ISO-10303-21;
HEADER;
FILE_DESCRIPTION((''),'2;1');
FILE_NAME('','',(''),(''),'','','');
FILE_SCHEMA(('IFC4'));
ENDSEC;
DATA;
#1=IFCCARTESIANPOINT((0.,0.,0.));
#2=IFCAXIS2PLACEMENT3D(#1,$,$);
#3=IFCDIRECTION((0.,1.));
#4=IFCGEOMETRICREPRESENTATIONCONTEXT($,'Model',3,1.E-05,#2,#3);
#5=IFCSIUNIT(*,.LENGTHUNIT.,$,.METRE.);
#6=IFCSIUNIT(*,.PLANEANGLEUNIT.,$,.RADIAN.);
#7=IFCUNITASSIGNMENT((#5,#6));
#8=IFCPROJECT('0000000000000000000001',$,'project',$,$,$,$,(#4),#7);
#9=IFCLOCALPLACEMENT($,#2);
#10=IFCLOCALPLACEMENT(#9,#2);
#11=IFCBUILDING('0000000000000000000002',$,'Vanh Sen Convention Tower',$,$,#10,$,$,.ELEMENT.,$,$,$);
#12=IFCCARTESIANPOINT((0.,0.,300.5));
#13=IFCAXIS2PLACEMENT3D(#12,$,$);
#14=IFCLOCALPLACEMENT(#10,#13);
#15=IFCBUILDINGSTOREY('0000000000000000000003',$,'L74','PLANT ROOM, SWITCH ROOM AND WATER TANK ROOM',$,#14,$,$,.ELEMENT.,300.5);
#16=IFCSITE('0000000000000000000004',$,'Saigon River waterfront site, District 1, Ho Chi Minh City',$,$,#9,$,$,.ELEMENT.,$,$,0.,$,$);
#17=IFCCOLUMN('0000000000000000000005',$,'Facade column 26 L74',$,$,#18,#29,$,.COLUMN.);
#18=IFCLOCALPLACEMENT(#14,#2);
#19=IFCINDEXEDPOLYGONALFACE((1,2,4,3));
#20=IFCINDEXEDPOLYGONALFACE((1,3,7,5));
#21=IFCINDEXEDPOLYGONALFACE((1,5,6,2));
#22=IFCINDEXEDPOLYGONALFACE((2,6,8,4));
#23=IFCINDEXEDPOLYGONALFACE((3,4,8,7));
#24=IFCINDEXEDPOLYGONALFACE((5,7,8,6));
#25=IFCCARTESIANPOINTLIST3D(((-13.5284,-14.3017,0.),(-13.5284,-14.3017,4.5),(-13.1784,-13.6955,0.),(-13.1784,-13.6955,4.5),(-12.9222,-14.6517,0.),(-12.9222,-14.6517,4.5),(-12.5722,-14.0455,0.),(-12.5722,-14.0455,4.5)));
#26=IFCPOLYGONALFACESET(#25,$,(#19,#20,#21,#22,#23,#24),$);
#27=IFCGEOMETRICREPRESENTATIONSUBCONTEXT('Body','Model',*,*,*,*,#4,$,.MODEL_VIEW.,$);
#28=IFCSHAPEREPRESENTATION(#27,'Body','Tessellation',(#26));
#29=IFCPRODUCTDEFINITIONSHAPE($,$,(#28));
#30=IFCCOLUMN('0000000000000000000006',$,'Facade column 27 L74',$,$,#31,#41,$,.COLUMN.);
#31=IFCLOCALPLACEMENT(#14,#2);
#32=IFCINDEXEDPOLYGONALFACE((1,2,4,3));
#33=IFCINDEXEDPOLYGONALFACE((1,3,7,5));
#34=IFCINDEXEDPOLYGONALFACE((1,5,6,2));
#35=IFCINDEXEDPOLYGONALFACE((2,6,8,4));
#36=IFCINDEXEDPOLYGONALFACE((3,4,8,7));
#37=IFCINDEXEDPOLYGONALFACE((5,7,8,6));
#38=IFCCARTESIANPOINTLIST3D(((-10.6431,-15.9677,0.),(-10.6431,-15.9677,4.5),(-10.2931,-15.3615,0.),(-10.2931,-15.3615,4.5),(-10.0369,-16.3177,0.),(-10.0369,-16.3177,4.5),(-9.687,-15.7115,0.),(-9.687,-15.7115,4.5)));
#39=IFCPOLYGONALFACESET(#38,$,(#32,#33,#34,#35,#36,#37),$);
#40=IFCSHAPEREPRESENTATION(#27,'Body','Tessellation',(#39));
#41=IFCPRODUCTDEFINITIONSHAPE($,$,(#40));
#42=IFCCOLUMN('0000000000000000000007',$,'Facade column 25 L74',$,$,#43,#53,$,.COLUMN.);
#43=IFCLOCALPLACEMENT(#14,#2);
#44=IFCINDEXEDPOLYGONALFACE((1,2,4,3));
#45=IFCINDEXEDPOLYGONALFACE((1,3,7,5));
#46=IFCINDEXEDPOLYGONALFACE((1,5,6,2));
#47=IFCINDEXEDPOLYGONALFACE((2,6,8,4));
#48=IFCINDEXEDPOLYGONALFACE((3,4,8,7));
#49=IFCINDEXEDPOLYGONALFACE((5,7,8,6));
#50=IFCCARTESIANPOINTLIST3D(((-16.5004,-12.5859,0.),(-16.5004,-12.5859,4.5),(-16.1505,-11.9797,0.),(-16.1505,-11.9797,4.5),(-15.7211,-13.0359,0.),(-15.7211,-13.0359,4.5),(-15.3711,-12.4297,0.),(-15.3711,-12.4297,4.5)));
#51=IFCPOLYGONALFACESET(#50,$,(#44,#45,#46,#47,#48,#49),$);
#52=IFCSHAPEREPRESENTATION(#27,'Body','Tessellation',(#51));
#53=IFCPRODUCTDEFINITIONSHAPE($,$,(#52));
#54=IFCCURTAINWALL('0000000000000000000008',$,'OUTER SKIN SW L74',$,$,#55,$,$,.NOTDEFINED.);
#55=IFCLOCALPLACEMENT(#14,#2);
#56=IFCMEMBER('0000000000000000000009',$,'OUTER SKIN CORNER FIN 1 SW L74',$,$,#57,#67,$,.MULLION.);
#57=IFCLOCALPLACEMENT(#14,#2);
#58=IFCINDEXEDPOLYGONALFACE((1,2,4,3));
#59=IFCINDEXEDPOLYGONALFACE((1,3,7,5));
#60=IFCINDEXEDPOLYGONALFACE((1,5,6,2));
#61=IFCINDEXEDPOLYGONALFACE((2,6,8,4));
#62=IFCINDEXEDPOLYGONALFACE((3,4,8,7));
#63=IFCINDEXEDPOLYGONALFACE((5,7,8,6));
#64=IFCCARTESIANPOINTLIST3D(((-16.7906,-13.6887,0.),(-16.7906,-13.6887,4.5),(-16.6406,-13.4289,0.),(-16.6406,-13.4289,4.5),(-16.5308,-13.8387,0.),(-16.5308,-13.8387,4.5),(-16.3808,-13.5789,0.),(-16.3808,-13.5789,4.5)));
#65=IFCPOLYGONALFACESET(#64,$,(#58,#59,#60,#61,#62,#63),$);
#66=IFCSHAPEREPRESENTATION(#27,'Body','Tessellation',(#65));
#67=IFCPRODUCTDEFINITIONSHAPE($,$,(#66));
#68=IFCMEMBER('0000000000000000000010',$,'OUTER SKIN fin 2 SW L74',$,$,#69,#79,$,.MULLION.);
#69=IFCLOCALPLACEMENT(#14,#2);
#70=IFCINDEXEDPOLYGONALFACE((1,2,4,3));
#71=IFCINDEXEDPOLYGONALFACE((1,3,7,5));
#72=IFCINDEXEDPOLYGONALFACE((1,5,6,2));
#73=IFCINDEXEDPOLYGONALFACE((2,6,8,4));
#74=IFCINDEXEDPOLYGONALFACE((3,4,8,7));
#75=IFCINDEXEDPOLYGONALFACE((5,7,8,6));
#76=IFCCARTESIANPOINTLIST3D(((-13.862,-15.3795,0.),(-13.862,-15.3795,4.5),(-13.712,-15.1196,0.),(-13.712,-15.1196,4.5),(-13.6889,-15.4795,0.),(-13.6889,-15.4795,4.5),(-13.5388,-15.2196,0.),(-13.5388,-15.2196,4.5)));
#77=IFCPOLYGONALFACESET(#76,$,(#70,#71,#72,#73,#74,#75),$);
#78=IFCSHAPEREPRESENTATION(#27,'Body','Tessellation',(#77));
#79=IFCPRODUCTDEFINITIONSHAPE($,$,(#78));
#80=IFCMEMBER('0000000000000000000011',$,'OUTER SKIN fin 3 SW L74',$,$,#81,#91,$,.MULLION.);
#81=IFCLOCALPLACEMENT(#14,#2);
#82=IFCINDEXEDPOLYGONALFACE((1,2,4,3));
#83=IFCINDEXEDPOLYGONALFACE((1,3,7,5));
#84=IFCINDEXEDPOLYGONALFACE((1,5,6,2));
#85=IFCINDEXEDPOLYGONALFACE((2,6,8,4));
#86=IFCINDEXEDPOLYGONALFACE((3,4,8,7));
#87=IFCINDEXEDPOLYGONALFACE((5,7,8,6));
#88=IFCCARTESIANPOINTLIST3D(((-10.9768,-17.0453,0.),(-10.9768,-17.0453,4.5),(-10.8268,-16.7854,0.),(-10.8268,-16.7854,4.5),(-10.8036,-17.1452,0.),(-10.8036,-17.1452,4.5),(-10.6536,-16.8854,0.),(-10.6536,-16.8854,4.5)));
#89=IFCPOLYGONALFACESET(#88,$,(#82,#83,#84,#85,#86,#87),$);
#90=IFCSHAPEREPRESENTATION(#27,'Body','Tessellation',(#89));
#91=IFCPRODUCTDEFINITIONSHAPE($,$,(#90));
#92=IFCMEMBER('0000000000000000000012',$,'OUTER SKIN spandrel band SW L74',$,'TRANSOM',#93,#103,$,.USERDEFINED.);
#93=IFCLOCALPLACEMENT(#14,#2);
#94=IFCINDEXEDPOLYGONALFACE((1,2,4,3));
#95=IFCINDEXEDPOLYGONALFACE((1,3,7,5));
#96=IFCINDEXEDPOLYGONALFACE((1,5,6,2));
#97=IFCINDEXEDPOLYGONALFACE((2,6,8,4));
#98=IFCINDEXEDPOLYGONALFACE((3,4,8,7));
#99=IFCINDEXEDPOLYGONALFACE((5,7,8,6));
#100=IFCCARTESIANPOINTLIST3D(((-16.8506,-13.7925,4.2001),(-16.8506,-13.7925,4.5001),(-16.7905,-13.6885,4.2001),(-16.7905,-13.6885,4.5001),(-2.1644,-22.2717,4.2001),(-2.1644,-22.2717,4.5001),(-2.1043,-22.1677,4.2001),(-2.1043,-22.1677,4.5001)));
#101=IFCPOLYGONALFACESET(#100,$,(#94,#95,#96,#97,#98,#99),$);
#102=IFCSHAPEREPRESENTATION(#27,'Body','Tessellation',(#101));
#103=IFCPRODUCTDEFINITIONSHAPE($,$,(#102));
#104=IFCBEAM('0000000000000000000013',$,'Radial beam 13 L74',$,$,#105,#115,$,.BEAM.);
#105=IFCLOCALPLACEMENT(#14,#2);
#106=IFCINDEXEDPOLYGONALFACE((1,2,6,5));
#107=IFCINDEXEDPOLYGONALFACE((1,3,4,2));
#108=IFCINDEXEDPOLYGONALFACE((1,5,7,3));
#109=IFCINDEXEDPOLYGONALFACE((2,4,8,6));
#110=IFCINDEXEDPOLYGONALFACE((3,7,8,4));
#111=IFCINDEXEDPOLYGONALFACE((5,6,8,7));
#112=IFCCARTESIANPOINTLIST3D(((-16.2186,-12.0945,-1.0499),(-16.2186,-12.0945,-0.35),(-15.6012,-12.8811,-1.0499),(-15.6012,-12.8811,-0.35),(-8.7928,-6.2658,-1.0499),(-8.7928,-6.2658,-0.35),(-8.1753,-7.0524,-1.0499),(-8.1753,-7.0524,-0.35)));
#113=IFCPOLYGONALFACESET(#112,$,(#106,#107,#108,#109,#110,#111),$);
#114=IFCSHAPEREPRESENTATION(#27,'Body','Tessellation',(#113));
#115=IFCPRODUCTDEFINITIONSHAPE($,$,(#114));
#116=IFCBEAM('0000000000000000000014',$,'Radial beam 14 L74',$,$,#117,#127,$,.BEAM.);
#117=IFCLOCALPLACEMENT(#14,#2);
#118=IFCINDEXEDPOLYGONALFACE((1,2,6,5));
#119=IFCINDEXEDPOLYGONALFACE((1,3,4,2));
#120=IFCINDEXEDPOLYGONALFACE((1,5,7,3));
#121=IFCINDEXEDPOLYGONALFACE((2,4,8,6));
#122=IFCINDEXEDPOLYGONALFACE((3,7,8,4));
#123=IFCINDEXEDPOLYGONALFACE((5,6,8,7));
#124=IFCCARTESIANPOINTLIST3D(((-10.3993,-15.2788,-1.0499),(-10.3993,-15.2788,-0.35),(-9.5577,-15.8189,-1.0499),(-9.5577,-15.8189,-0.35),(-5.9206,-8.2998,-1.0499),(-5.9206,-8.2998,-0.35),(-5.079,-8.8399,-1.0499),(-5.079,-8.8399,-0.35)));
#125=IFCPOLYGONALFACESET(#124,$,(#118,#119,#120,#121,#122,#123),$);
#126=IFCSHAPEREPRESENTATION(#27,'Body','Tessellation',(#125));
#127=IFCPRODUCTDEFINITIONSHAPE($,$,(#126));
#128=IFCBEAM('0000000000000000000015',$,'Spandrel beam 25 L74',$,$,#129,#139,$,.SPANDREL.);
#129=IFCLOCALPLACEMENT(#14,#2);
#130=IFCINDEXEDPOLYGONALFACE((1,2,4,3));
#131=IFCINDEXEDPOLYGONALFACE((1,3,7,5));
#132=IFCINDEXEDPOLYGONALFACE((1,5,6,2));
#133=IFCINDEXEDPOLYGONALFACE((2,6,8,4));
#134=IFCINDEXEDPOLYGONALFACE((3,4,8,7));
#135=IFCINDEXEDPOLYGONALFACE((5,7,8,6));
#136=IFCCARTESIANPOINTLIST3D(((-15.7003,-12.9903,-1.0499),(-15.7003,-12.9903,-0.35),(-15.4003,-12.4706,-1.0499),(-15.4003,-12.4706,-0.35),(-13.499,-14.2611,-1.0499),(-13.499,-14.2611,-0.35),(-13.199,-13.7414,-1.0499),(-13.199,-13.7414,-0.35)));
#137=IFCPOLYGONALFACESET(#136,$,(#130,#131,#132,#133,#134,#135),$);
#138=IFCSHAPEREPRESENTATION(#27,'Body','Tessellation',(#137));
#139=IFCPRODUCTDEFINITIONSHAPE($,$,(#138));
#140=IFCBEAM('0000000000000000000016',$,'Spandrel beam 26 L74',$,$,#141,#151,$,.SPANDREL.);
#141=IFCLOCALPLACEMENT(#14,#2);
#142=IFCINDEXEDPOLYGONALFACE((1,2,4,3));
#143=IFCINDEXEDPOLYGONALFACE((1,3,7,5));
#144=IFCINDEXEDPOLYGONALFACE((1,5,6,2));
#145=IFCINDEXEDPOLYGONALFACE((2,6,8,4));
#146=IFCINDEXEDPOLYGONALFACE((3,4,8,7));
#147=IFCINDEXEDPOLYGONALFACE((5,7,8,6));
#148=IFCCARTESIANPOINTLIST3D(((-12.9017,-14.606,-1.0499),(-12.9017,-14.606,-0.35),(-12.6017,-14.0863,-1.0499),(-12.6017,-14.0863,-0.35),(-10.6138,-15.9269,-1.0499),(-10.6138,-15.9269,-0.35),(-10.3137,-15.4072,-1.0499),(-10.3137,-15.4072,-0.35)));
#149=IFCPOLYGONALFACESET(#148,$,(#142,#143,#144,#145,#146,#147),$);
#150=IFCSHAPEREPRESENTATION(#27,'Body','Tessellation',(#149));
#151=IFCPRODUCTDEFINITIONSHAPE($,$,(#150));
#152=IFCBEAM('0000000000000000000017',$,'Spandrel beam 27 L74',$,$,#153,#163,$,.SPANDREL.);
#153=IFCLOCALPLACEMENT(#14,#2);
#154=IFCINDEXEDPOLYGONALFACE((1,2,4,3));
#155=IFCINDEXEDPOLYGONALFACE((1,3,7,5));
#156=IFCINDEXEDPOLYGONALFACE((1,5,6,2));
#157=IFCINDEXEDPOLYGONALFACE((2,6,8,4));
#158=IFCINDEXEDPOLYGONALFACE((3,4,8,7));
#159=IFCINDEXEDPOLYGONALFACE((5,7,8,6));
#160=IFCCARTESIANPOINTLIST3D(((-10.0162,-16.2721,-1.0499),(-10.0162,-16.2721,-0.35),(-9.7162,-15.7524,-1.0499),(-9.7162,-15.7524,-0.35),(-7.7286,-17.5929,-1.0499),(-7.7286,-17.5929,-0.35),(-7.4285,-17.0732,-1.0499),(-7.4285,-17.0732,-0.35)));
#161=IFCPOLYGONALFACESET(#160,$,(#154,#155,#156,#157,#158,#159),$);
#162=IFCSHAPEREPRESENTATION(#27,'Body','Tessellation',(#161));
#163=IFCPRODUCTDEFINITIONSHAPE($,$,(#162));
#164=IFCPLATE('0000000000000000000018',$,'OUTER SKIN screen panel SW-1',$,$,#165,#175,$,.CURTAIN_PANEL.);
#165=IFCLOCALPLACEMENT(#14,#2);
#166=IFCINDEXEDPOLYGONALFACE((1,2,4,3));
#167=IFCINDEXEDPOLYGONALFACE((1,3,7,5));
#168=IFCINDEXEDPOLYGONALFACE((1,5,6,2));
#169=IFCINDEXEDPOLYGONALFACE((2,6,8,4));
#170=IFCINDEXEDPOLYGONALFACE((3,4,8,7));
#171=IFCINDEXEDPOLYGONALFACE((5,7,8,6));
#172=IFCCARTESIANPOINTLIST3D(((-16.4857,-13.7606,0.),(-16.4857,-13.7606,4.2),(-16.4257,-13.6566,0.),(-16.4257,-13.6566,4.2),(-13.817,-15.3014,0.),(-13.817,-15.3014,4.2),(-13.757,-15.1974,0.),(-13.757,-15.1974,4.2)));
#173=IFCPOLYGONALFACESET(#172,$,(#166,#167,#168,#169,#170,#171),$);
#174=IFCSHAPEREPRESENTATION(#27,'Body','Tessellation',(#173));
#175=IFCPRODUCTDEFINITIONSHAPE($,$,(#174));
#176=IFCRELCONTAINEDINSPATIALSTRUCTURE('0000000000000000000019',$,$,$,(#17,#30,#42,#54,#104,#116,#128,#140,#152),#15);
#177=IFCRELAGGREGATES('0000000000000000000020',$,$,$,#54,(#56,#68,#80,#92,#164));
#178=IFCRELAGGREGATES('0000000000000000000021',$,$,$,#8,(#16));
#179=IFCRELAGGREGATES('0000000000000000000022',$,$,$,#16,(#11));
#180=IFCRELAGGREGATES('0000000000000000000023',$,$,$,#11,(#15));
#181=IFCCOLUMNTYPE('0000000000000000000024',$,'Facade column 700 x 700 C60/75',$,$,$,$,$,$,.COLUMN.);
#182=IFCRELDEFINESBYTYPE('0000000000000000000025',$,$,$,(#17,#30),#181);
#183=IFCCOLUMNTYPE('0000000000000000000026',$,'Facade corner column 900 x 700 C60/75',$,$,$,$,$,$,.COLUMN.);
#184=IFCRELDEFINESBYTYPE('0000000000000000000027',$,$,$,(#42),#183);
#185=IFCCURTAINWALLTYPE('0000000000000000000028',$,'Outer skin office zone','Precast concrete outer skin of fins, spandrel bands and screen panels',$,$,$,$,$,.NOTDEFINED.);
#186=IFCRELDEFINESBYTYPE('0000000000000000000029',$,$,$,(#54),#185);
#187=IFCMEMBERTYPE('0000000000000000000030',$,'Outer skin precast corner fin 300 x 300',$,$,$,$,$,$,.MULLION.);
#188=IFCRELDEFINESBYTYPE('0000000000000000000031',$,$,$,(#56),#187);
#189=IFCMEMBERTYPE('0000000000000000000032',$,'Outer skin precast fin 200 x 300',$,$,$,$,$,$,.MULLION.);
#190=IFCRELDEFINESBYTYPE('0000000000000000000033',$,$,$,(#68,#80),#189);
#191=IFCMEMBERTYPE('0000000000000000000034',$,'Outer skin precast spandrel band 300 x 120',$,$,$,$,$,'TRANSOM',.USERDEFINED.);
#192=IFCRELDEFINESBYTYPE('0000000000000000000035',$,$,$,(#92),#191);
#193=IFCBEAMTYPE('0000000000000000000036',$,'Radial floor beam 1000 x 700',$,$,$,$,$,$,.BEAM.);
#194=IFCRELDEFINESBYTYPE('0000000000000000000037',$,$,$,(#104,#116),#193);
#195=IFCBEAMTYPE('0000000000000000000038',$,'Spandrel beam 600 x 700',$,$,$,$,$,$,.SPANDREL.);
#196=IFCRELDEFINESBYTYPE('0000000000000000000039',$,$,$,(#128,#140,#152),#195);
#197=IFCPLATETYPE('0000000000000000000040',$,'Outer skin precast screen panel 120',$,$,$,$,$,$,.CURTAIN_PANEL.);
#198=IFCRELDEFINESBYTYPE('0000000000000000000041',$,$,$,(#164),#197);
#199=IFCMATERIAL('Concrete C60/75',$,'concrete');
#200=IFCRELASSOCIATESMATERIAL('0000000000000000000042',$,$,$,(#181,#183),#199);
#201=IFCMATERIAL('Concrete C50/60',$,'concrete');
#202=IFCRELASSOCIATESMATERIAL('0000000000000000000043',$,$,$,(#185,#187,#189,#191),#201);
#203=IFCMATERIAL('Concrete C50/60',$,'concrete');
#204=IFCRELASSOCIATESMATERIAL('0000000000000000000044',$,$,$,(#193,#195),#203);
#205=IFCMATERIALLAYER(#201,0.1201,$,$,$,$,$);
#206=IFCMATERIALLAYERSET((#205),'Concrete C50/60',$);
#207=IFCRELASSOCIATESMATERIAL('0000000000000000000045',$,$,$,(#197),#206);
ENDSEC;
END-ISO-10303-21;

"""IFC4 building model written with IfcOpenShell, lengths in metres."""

from ifc_helpers import new_model, si_unit, direction, frame, origin, origin_2d, place, context, subcontext, project, spatial, rectangle, extrude, material, layer, layer_set, material_profile, profile_set, type_object, element, aggregate, save


model = new_model("IFC4")

# Units and contexts
model_context = context("Model", 3, precision=1e-05, world=origin(), true_north=direction((0.0, 1.0)))
body_context = subcontext(model_context, "Body", "Model", "MODEL_VIEW")
ifc_project = project(units=[si_unit("LENGTHUNIT", "METRE"), si_unit("PLANEANGLEUNIT", "RADIAN")], contexts=[model_context])

# Site, building, storey
site_placement = place(None, origin())
site = spatial("IfcSite", under=ifc_project, at=site_placement, Name="Saigon River waterfront site, District 1, Ho Chi Minh City", CompositionType="ELEMENT", RefElevation=0.0)
building_placement = place(site_placement, origin())
building = spatial("IfcBuilding", under=site, at=building_placement, Name="Vanh Sen Convention Tower", CompositionType="ELEMENT")
storey_placement = place(building_placement, frame((0.0, 0.0, 300.5)))
storey = spatial("IfcBuildingStorey", under=building, at=storey_placement, Name="L74", Description="PLANT ROOM, SWITCH ROOM AND WATER TANK ROOM", CompositionType="ELEMENT", Elevation=300.5)

# Columns
ifc_material_1 = material(Name="Concrete C60/75", Category="concrete")
ifc_material_profile_1 = material_profile(ifc_material_1, rectangle(XDim=0.7, YDim=0.7, at=origin_2d()), Name="RC 700X700")
ifc_profile_set_1 = profile_set([ifc_material_profile_1], Name="Concrete C60/75")
column_type_1 = type_object("IfcColumnType", Name="Facade column 700 x 700 C60/75", PredefinedType="COLUMN", material=ifc_profile_set_1)
for number, where, z_axis, x_axis, name in (
    (1, (-13.0503, -14.1736, 0.0), (0.0, 0.0, 1.0), (0.866025, -0.5, 0.0), "Facade column 26 L74"),
    (2, (-10.165, -15.8396, 0.0), (0.0, 0.0, 1.0), (0.866025, -0.5, 0.0), "Facade column 27 L74"),
):
    element("IfcColumn", number, at=place(storey_placement, frame(where, z_axis=z_axis, x_axis=x_axis)), inside=storey, type_object=column_type_1, Name=name, PredefinedType="COLUMN", context=body_context, shape_type="SweptSolid", body=[
        extrude(rectangle(XDim=0.7, YDim=0.7, at=origin_2d()), origin(), (0.0, 0.0, 1.0), 4.5),
    ])
ifc_material_profile_2 = material_profile(ifc_material_1, rectangle(XDim=0.8999, YDim=0.7, at=origin_2d()), Name="RC 900X700")
ifc_profile_set_2 = profile_set([ifc_material_profile_2], Name="Concrete C60/75")
column_type_2 = type_object("IfcColumnType", Name="Facade corner column 900 x 700 C60/75", PredefinedType="COLUMN", material=ifc_profile_set_2)
column_placement = place(storey_placement, frame((-15.9358, -12.5078, 0.0), z_axis=(0.0, 0.0, 1.0), x_axis=(0.866025, -0.5, 0.0)))
element("IfcColumn", 3, at=column_placement, inside=storey, type_object=column_type_2, Name="Facade column 25 L74", PredefinedType="COLUMN", context=body_context, shape_type="SweptSolid", body=[
    extrude(rectangle(XDim=0.8999, YDim=0.7, at=origin_2d()), origin(), (0.0, 0.0, 1.0), 4.5),
])

# Curtain wall, members
ifc_material_2 = material(Name="Concrete C50/60", Category="concrete")
curtain_wall_type = type_object("IfcCurtainWallType", Name="Outer skin office zone", Description="Precast concrete outer skin of fins, spandrel bands and screen panels", PredefinedType="NOTDEFINED", material=ifc_material_2)
curtain_wall_placement = place(storey_placement, origin())
curtain_wall = element("IfcCurtainWall", 4, at=curtain_wall_placement, inside=storey, type_object=curtain_wall_type, Name="OUTER SKIN SW L74", PredefinedType="NOTDEFINED")
ifc_material_profile_3 = material_profile(ifc_material_2, rectangle(XDim=0.3, YDim=0.3, at=origin_2d()), Name="Outer skin precast corner fin 300 x 300")
ifc_profile_set_3 = profile_set([ifc_material_profile_3], Name="Concrete C50/60")
member_type_1 = type_object("IfcMemberType", Name="Outer skin precast corner fin 300 x 300", PredefinedType="MULLION", material=ifc_profile_set_3)
member_1_placement = place(storey_placement, frame((-16.5857, -13.6338, 0.0), z_axis=(0.0, 0.0, 1.0), x_axis=(0.866025, -0.5, 0.0)))
member_1 = element("IfcMember", 5, at=member_1_placement, type_object=member_type_1, Name="OUTER SKIN CORNER FIN 1 SW L74", PredefinedType="MULLION", context=body_context, shape_type="SweptSolid", body=[
    extrude(rectangle(XDim=0.3, YDim=0.3, at=origin_2d()), origin(), (0.0, 0.0, 1.0), 4.5),
])
ifc_material_profile_4 = material_profile(ifc_material_2, rectangle(XDim=0.2, YDim=0.3, at=origin_2d()), Name="Outer skin precast fin 200 x 300")
ifc_profile_set_4 = profile_set([ifc_material_profile_4], Name="Concrete C50/60")
member_type_2 = type_object("IfcMemberType", Name="Outer skin precast fin 200 x 300", PredefinedType="MULLION", material=ifc_profile_set_4)
member_2_placement = place(storey_placement, frame((-13.7004, -15.2996, 0.0), z_axis=(0.0, 0.0, 1.0), x_axis=(0.866025, -0.5, 0.0)))
member_2 = element("IfcMember", 6, at=member_2_placement, type_object=member_type_2, Name="OUTER SKIN fin 2 SW L74", PredefinedType="MULLION", context=body_context, shape_type="SweptSolid", body=[
    extrude(rectangle(XDim=0.2, YDim=0.3, at=origin_2d()), origin(), (0.0, 0.0, 1.0), 4.5),
])
member_3_placement = place(storey_placement, frame((-10.8152, -16.9653, 0.0), z_axis=(0.0, 0.0, 1.0), x_axis=(0.866025, -0.5, 0.0)))
member_3 = element("IfcMember", 7, at=member_3_placement, type_object=member_type_2, Name="OUTER SKIN fin 3 SW L74", PredefinedType="MULLION", context=body_context, shape_type="SweptSolid", body=[
    extrude(rectangle(XDim=0.2, YDim=0.3, at=origin_2d()), origin(), (0.0, 0.0, 1.0), 4.5),
])
ifc_material_profile_5 = material_profile(ifc_material_2, rectangle(XDim=0.1201, YDim=0.3, at=origin_2d()), Name="Outer skin precast spandrel band 300 x 120")
ifc_profile_set_5 = profile_set([ifc_material_profile_5], Name="Concrete C50/60")
member_type_3 = type_object("IfcMemberType", Name="Outer skin precast spandrel band 300 x 120", ElementType="TRANSOM", PredefinedType="USERDEFINED", material=ifc_profile_set_5)
member_4_placement = place(storey_placement, frame((-16.8206, -13.7405, 4.3501), z_axis=(0.866022, -0.500005, 0.0), x_axis=(0.500005, 0.866022, 0.0)))
member_4 = element("IfcMember", 8, at=member_4_placement, type_object=member_type_3, Name="OUTER SKIN spandrel band SW L74", ObjectType="TRANSOM", PredefinedType="USERDEFINED", context=body_context, shape_type="SweptSolid", body=[
    extrude(rectangle(XDim=0.1201, YDim=0.3, at=origin_2d()), origin(), (0.0, 0.0, 1.0), 16.9583),
])

# Beams
ifc_material_3 = material(Name="Concrete C50/60", Category="concrete")
ifc_material_profile_6 = material_profile(ifc_material_3, rectangle(XDim=1.0, YDim=0.7, at=origin_2d()), Name="RC 1000X700")
ifc_profile_set_6 = profile_set([ifc_material_profile_6], Name="Concrete C50/60")
beam_type_1 = type_object("IfcBeamType", Name="Radial floor beam 1000 x 700", PredefinedType="BEAM", material=ifc_profile_set_6)
beam_1_placement = place(storey_placement, frame((-15.9099, -12.4878, -0.7), z_axis=(0.786623, 0.617433, 0.0), x_axis=(-0.617433, 0.786623, 0.0)))
element("IfcBeam", 9, at=beam_1_placement, inside=storey, type_object=beam_type_1, Name="Radial beam 13 L74", PredefinedType="BEAM", context=body_context, shape_type="SweptSolid", body=[
    extrude(rectangle(XDim=1.0, YDim=0.7, at=origin_2d()), origin(), (0.0, 0.0, 1.0), 9.4402),
])
beam_2_placement = place(storey_placement, frame((-9.9785, -15.5488, -0.7), z_axis=(0.540097, 0.841603, 0.0), x_axis=(-0.841603, 0.540097, 0.0)))
element("IfcBeam", 10, at=beam_2_placement, inside=storey, type_object=beam_type_1, Name="Radial beam 14 L74", PredefinedType="BEAM", context=body_context, shape_type="SweptSolid", body=[
    extrude(rectangle(XDim=1.0, YDim=0.7, at=origin_2d()), origin(), (0.0, 0.0, 1.0), 8.2925),
])
ifc_material_profile_7 = material_profile(ifc_material_3, rectangle(XDim=0.6001, YDim=0.7, at=origin_2d()), Name="RC 600X700")
ifc_profile_set_7 = profile_set([ifc_material_profile_7], Name="Concrete C50/60")
beam_type_2 = type_object("IfcBeamType", Name="Spandrel beam 600 x 700", PredefinedType="SPANDREL", material=ifc_profile_set_7)
beam_3_placement = place(storey_placement, frame((-15.5503, -12.7305, -0.7), z_axis=(0.866042, -0.499972, 0.0), x_axis=(0.499972, 0.866042, 0.0)))
element("IfcBeam", 11, at=beam_3_placement, inside=storey, type_object=beam_type_2, Name="Spandrel beam 25 L74", PredefinedType="SPANDREL", context=body_context, shape_type="SweptSolid", body=[
    extrude(rectangle(XDim=0.6001, YDim=0.7, at=origin_2d()), origin(), (0.0, 0.0, 1.0), 2.5417),
])
beam_4_placement = place(storey_placement, frame((-12.7517, -14.3462, -0.7), z_axis=(0.866039, -0.499976, 0.0), x_axis=(0.499976, 0.866039, 0.0)))
element("IfcBeam", 12, at=beam_4_placement, inside=storey, type_object=beam_type_2, Name="Spandrel beam 26 L74", PredefinedType="SPANDREL", context=body_context, shape_type="SweptSolid", body=[
    extrude(rectangle(XDim=0.6001, YDim=0.7, at=origin_2d()), origin(), (0.0, 0.0, 1.0), 2.6418),
])
beam_5_placement = place(storey_placement, frame((-9.8662, -16.0122, -0.7), z_axis=(0.866016, -0.500016, 0.0), x_axis=(0.500016, 0.866016, 0.0)))
element("IfcBeam", 13, at=beam_5_placement, inside=storey, type_object=beam_type_2, Name="Spandrel beam 27 L74", PredefinedType="SPANDREL", context=body_context, shape_type="SweptSolid", body=[
    extrude(rectangle(XDim=0.6001, YDim=0.7, at=origin_2d()), origin(), (0.0, 0.0, 1.0), 2.6416),
])

# Plate
ifc_layer_1 = layer(ifc_material_2, 0.1201)
ifc_layer_set_1 = layer_set([ifc_layer_1], Name="Concrete C50/60")
plate_type = type_object("IfcPlateType", Name="Outer skin precast screen panel 120", PredefinedType="CURTAIN_PANEL", material=ifc_layer_set_1)
plate_1_placement = place(storey_placement, frame((-15.1213, -14.479, 0.0), z_axis=(0.0, 0.0, 1.0), x_axis=(0.866029, -0.499994, 0.0)))
plate_1 = element("IfcPlate", 14, at=plate_1_placement, type_object=plate_type, Name="OUTER SKIN screen panel SW-1", PredefinedType="CURTAIN_PANEL", context=body_context, shape_type="SweptSolid", body=[
    extrude(rectangle(XDim=3.0815, YDim=0.1201, at=origin_2d()), origin(), (0.0, 0.0, 1.0), 4.2),
])
aggregate(curtain_wall, [member_1, member_2, member_3, member_4, plate_1])

save(model, "model.ifc")
